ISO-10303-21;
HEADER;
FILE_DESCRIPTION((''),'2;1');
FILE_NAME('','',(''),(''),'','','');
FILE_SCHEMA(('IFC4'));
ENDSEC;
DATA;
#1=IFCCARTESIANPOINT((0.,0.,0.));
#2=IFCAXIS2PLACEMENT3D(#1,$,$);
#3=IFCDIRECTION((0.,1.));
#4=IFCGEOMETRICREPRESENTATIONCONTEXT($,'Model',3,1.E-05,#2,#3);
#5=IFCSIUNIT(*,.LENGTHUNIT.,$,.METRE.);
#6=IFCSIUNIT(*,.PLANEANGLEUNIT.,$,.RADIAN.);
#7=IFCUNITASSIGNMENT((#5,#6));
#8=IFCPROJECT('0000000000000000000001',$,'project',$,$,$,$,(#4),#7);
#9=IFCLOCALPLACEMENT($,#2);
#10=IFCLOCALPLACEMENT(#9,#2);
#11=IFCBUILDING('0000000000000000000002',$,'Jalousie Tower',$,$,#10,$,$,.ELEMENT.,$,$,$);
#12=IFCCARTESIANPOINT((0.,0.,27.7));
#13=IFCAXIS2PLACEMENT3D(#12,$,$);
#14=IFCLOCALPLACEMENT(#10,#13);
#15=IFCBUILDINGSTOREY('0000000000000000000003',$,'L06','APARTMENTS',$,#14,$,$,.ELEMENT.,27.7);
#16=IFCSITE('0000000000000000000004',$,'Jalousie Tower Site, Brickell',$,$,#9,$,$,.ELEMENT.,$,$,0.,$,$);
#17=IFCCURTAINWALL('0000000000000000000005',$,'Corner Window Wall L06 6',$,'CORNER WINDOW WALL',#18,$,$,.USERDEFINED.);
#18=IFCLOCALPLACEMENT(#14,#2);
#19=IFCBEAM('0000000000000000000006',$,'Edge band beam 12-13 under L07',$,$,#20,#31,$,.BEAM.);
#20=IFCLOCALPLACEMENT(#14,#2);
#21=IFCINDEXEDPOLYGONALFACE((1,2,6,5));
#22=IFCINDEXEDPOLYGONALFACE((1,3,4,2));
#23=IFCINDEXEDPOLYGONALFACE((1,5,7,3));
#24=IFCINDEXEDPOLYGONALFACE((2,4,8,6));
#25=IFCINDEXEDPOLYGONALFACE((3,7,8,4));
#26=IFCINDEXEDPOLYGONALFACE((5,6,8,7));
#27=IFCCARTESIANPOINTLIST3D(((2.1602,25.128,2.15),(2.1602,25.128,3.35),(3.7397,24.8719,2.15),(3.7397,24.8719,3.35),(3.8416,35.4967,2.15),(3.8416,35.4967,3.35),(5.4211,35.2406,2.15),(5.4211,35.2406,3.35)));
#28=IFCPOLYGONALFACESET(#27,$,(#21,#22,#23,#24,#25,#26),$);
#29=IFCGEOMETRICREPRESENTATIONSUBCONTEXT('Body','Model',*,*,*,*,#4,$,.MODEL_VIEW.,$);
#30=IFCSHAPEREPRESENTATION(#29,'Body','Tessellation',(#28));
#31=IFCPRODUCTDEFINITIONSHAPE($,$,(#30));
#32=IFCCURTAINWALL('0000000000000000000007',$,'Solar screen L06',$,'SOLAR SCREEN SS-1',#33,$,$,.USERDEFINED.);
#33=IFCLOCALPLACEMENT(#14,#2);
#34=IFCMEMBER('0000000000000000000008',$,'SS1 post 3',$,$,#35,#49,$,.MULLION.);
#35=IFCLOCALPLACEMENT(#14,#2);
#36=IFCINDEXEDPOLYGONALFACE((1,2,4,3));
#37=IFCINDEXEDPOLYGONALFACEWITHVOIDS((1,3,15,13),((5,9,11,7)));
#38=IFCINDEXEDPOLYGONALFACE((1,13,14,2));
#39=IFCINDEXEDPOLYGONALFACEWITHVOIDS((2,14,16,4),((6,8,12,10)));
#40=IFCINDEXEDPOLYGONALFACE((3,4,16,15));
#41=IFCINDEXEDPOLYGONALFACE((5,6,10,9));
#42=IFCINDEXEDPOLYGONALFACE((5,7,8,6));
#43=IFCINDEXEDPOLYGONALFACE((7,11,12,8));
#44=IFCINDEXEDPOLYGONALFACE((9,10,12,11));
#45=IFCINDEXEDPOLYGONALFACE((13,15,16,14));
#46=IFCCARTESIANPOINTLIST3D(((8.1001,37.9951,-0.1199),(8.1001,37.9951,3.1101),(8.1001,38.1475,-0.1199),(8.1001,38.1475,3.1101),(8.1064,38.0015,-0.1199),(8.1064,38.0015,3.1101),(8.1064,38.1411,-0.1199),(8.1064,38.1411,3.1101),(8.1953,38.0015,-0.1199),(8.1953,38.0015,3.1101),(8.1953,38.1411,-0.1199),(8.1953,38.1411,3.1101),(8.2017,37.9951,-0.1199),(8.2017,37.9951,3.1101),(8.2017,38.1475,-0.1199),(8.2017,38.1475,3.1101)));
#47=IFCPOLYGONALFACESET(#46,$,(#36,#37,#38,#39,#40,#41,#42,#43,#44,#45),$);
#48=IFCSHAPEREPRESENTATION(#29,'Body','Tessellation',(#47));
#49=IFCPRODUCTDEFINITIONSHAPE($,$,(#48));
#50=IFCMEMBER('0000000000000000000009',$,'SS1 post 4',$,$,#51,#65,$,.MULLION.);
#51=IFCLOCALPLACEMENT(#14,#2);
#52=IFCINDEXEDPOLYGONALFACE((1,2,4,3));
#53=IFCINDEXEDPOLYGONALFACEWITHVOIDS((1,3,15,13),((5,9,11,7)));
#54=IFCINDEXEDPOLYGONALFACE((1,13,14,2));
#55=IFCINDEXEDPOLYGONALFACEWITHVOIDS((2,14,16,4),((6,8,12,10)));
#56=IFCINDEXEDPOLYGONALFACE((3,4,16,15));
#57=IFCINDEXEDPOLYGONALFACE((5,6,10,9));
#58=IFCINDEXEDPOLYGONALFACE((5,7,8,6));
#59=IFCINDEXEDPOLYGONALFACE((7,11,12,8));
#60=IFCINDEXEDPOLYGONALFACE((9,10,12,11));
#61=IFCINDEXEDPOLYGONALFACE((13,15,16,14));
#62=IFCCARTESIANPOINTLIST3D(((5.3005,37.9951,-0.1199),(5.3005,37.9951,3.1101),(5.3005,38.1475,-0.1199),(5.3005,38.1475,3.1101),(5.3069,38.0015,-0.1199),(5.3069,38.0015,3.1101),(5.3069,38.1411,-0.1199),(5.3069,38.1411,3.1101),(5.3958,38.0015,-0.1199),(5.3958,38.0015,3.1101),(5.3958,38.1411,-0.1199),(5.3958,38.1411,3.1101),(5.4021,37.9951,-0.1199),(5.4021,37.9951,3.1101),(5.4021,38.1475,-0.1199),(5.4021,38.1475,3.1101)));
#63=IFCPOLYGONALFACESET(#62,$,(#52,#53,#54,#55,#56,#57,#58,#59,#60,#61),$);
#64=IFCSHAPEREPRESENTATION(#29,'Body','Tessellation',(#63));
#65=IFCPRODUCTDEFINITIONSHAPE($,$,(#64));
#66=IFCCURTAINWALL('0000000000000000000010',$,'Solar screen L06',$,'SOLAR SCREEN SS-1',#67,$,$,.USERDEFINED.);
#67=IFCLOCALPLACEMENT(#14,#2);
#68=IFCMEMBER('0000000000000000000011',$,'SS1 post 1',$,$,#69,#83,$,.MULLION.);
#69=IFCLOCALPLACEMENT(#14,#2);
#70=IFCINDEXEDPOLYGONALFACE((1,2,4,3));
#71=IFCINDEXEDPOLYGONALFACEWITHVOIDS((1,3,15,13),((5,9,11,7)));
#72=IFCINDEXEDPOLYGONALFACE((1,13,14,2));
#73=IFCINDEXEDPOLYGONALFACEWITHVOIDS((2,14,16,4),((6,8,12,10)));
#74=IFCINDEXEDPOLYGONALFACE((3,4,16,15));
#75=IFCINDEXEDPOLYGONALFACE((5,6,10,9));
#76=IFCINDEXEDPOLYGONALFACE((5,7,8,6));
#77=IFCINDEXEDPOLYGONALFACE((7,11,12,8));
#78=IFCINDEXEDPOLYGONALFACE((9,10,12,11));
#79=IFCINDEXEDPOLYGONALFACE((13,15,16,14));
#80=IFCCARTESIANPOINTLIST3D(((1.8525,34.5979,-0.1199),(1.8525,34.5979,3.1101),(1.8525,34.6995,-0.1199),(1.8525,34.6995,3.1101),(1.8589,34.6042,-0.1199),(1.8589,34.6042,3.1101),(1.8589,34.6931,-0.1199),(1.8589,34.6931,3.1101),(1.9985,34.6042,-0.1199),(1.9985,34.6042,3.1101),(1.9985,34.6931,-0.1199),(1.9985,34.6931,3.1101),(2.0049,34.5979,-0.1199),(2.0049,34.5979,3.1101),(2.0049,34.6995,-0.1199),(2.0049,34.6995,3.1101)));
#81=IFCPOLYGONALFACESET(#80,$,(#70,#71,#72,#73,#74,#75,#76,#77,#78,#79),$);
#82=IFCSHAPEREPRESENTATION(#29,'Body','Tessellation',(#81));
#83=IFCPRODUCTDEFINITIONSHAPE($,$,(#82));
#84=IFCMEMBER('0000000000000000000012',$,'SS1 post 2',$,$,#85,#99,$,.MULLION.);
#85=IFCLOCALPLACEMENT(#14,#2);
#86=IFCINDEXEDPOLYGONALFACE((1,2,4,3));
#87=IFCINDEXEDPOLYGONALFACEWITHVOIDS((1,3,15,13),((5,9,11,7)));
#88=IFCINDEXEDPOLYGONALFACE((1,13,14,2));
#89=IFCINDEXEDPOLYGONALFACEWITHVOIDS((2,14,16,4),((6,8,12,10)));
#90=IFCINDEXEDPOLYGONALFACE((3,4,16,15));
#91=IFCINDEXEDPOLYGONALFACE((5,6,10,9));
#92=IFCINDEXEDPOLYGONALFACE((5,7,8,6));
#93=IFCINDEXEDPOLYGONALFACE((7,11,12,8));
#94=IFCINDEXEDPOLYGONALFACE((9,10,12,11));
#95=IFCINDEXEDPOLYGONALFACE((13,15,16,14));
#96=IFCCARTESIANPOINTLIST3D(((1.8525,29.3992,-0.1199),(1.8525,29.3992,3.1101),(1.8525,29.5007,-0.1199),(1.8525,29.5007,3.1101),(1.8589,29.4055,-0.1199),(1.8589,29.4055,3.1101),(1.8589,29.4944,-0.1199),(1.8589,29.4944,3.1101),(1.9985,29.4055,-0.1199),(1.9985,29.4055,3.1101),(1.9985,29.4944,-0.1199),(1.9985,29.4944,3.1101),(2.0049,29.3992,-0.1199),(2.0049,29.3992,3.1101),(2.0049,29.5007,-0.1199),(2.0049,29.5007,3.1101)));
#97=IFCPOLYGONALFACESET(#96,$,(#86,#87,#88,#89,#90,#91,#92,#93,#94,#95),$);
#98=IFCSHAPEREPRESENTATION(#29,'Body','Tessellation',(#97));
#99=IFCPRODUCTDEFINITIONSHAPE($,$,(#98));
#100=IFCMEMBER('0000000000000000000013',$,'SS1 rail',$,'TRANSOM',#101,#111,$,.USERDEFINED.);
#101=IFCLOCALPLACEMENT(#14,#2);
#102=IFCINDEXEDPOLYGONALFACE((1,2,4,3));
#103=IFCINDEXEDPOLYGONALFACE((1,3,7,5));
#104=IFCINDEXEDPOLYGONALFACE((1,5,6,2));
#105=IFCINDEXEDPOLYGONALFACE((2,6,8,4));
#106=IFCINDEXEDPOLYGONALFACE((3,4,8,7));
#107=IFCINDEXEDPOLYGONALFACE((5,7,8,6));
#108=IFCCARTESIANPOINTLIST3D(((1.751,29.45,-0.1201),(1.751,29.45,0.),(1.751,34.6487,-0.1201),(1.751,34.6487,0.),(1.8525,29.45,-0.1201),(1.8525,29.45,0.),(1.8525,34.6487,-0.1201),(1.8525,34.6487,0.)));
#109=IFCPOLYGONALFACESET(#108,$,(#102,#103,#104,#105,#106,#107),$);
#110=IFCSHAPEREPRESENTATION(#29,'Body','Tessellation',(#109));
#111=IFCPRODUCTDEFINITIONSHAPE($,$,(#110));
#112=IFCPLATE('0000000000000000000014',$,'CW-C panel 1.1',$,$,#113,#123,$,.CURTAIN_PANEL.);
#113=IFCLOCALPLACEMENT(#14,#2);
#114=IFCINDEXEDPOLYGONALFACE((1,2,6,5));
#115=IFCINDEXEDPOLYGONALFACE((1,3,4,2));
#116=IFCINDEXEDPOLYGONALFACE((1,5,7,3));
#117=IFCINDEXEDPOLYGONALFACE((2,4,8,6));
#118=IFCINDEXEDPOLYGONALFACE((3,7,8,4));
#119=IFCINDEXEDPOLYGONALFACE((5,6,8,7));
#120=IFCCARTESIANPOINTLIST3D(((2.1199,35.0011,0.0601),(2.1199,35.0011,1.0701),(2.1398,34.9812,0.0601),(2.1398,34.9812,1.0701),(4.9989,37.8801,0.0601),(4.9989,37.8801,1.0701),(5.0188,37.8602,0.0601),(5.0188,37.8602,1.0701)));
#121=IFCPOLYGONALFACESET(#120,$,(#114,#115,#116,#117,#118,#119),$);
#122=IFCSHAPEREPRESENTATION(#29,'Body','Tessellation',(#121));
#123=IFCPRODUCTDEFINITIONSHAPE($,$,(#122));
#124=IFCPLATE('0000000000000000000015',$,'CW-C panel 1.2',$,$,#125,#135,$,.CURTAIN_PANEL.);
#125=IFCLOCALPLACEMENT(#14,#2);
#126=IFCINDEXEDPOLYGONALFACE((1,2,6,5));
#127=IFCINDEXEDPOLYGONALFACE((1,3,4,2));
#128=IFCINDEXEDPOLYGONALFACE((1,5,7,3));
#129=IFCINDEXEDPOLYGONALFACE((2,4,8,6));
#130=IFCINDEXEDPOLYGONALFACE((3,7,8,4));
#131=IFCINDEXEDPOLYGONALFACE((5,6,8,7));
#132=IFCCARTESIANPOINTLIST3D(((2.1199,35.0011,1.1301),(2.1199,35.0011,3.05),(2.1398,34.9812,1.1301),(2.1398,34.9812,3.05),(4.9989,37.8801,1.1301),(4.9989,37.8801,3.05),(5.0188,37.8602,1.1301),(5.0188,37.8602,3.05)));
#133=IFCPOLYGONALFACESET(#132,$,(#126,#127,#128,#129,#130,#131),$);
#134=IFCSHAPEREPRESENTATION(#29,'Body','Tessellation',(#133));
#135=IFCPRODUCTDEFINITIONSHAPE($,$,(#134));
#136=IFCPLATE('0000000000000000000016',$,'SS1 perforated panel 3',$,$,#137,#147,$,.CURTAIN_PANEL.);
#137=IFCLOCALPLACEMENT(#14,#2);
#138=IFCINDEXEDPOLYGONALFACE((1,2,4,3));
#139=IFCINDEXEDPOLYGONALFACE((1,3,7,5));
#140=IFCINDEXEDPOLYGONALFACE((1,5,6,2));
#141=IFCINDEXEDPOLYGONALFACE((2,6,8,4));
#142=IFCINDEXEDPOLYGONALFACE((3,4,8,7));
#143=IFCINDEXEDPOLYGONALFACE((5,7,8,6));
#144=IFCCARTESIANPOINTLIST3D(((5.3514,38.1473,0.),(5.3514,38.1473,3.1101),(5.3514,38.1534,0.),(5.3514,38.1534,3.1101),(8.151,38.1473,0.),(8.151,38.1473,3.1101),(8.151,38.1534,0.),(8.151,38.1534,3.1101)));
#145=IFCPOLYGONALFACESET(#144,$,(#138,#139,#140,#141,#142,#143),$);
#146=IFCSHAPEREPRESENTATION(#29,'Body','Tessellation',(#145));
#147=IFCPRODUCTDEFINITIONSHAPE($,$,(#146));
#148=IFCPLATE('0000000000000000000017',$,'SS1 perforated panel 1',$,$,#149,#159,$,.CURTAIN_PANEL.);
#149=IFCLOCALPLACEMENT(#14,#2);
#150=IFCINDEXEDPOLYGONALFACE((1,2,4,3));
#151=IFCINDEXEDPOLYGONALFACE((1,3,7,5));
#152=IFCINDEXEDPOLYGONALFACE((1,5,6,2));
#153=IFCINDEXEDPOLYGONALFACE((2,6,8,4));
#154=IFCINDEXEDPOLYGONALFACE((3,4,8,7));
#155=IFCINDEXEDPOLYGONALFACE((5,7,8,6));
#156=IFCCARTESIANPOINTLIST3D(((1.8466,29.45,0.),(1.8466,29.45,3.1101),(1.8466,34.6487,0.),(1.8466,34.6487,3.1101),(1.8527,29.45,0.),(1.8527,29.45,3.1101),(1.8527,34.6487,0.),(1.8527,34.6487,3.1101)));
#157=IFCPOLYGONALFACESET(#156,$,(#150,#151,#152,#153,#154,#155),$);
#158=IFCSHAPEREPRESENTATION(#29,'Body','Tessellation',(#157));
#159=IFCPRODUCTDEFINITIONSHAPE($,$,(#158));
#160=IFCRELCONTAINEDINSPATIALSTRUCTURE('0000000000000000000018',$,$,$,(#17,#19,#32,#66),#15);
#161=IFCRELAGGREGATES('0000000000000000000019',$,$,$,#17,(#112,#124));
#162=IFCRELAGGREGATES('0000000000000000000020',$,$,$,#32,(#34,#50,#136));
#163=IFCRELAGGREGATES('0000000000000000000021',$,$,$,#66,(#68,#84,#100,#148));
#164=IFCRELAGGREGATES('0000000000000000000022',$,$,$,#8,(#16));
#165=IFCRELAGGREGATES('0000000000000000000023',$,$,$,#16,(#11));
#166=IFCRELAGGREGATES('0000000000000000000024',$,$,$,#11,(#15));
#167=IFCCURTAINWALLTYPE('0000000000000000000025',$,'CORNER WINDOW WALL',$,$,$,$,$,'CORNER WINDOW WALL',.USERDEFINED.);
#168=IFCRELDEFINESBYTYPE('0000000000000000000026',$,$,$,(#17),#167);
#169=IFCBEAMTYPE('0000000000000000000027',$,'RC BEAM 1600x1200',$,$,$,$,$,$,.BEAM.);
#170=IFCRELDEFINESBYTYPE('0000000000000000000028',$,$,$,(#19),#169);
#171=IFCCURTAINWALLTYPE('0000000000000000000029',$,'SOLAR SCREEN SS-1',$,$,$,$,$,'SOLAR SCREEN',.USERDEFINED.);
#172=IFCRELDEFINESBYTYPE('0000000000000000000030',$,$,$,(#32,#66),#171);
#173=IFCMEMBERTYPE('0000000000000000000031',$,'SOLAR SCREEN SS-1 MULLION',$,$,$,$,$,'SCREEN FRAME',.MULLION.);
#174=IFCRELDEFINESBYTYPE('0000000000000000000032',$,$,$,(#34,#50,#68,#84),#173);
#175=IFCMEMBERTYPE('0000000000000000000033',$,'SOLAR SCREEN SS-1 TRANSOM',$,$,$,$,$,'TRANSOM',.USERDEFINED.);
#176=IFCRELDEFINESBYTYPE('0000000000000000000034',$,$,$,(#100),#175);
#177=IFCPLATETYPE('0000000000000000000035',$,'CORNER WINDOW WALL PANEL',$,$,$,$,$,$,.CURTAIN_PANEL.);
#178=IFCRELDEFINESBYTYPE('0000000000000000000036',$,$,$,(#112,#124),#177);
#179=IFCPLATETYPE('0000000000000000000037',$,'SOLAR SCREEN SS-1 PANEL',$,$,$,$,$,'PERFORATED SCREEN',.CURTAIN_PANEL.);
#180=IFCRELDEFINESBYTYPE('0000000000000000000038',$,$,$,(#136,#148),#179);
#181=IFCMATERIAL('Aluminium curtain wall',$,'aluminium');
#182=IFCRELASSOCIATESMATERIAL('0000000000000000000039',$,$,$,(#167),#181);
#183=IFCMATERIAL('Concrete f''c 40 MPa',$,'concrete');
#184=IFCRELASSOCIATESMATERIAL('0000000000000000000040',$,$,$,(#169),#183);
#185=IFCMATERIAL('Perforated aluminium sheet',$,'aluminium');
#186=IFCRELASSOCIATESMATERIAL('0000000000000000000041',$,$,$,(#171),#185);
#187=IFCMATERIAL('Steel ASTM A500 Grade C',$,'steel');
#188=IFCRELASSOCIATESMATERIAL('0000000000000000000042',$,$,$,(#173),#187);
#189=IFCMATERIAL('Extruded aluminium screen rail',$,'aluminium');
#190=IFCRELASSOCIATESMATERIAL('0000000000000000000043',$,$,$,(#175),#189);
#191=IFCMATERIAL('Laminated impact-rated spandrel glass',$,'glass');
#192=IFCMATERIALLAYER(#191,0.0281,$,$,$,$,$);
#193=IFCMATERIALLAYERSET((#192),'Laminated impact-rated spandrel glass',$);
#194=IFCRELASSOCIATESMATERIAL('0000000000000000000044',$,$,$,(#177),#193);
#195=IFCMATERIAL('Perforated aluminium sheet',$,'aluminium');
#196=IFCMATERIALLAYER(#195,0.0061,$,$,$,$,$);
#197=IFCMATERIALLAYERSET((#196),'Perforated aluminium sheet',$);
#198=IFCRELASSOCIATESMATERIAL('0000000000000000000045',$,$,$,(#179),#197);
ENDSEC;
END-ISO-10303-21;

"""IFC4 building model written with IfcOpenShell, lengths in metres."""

from ifc_helpers import new_model, si_unit, direction, frame, origin, origin_2d, place, context, subcontext, project, spatial, rectangle, hollow_rectangle, extrude, material, layer, layer_set, material_profile, profile_set, type_object, element, aggregate, save


model = new_model("IFC4")

# Units and contexts
model_context = context("Model", 3, precision=1e-05, world=origin(), true_north=direction((0.0, 1.0)))
body_context = subcontext(model_context, "Body", "Model", "MODEL_VIEW")
ifc_project = project(units=[si_unit("LENGTHUNIT", "METRE"), si_unit("PLANEANGLEUNIT", "RADIAN")], contexts=[model_context])

# Site, building, storey
site_placement = place(None, origin())
site = spatial("IfcSite", under=ifc_project, at=site_placement, Name="Jalousie Tower Site, Brickell", CompositionType="ELEMENT", RefElevation=0.0)
building_placement = place(site_placement, origin())
building = spatial("IfcBuilding", under=site, at=building_placement, Name="Jalousie Tower", CompositionType="ELEMENT")
storey_placement = place(building_placement, frame((0.0, 0.0, 27.7)))
storey = spatial("IfcBuildingStorey", under=building, at=storey_placement, Name="L06", Description="APARTMENTS", CompositionType="ELEMENT", Elevation=27.7)

# Curtain wall
ifc_material_1 = material(Name="Aluminium curtain wall", Category="aluminium")
curtain_wall_type_1 = type_object("IfcCurtainWallType", Name="CORNER WINDOW WALL", ElementType="CORNER WINDOW WALL", PredefinedType="USERDEFINED", material=ifc_material_1)
curtain_wall_1_placement = place(storey_placement, origin())
curtain_wall_1 = element("IfcCurtainWall", 1, at=curtain_wall_1_placement, inside=storey, type_object=curtain_wall_type_1, Name="Corner Window Wall L06 6", ObjectType="CORNER WINDOW WALL", PredefinedType="USERDEFINED")

# Beam
ifc_material_2 = material(Name="Concrete f'c 40 MPa", Category="concrete")
ifc_material_profile_1 = material_profile(ifc_material_2, rectangle(XDim=1.6001, YDim=1.2, at=origin_2d()), Name="RC 1600x1200")
ifc_profile_set_1 = profile_set([ifc_material_profile_1], Name="Concrete f'c 40 MPa")
beam_type_1 = type_object("IfcBeamType", Name="RC BEAM 1600x1200", PredefinedType="BEAM", material=ifc_profile_set_1)
beam_1_placement = place(storey_placement, frame((4.6313, 35.3687, 2.75), z_axis=(-0.160071, -0.987106, 0.0), x_axis=(0.987106, -0.160071, 0.0)))
element("IfcBeam", 2, at=beam_1_placement, inside=storey, type_object=beam_type_1, Name="Edge band beam 12-13 under L07", PredefinedType="BEAM", context=body_context, shape_type="SweptSolid", body=[
    extrude(rectangle(XDim=1.6001, YDim=1.2, at=origin_2d()), origin(), (0.0, 0.0, 1.0), 10.5042),
])

# Curtain walls, members
ifc_material_3 = material(Name="Perforated aluminium sheet", Category="aluminium")
curtain_wall_type_2 = type_object("IfcCurtainWallType", Name="SOLAR SCREEN SS-1", ElementType="SOLAR SCREEN", PredefinedType="USERDEFINED", material=ifc_material_3)
curtain_wall_2_placement = place(storey_placement, origin())
curtain_wall_2 = element("IfcCurtainWall", 3, at=curtain_wall_2_placement, inside=storey, type_object=curtain_wall_type_2, Name="Solar screen L06", ObjectType="SOLAR SCREEN SS-1", PredefinedType="USERDEFINED")
ifc_material_4 = material(Name="Steel ASTM A500 Grade C", Category="steel")
ifc_material_profile_2 = material_profile(ifc_material_4, hollow_rectangle(XDim=0.1016, YDim=0.1523, WallThickness=0.0063, at=origin_2d()), Name="HSS6X4X1/4")
ifc_profile_set_2 = profile_set([ifc_material_profile_2], Name="Steel ASTM A500 Grade C")
member_type_1 = type_object("IfcMemberType", Name="SOLAR SCREEN SS-1 MULLION", ElementType="SCREEN FRAME", PredefinedType="MULLION", material=ifc_profile_set_2)
member_1_placement = place(storey_placement, frame((8.1509, 38.0713, -0.1199), z_axis=(0.0, 0.0, 1.0), x_axis=(-1.0, 0.0, 0.0)))
member_1 = element("IfcMember", 4, at=member_1_placement, type_object=member_type_1, Name="SS1 post 3", PredefinedType="MULLION", context=body_context, shape_type="SweptSolid", body=[
    extrude(hollow_rectangle(XDim=0.1016, YDim=0.1523, WallThickness=0.0063, at=origin_2d()), origin(), (0.0, 0.0, 1.0), 3.23),
])
member_2_placement = place(storey_placement, frame((5.3513, 38.0713, -0.1199), z_axis=(0.0, 0.0, 1.0), x_axis=(-1.0, 0.0, 0.0)))
member_2 = element("IfcMember", 5, at=member_2_placement, type_object=member_type_1, Name="SS1 post 4", PredefinedType="MULLION", context=body_context, shape_type="SweptSolid", body=[
    extrude(hollow_rectangle(XDim=0.1016, YDim=0.1523, WallThickness=0.0063, at=origin_2d()), origin(), (0.0, 0.0, 1.0), 3.23),
])
curtain_wall_3_placement = place(storey_placement, origin())
curtain_wall_3 = element("IfcCurtainWall", 6, at=curtain_wall_3_placement, inside=storey, type_object=curtain_wall_type_2, Name="Solar screen L06", ObjectType="SOLAR SCREEN SS-1", PredefinedType="USERDEFINED")
member_3_placement = place(storey_placement, frame((1.9287, 34.6487, -0.1199), z_axis=(0.0, 0.0, 1.0), x_axis=(0.0, -1.0, 0.0)))
member_3 = element("IfcMember", 7, at=member_3_placement, type_object=member_type_1, Name="SS1 post 1", PredefinedType="MULLION", context=body_context, shape_type="SweptSolid", body=[
    extrude(hollow_rectangle(XDim=0.1016, YDim=0.1523, WallThickness=0.0063, at=origin_2d()), origin(), (0.0, 0.0, 1.0), 3.23),
])
member_4_placement = place(storey_placement, frame((1.9287, 29.45, -0.1199), z_axis=(0.0, 0.0, 1.0), x_axis=(0.0, -1.0, 0.0)))
member_4 = element("IfcMember", 8, at=member_4_placement, type_object=member_type_1, Name="SS1 post 2", PredefinedType="MULLION", context=body_context, shape_type="SweptSolid", body=[
    extrude(hollow_rectangle(XDim=0.1016, YDim=0.1523, WallThickness=0.0063, at=origin_2d()), origin(), (0.0, 0.0, 1.0), 3.23),
])
ifc_material_5 = material(Name="Extruded aluminium screen rail", Category="aluminium")
ifc_material_profile_3 = material_profile(ifc_material_5, rectangle(XDim=0.1016, YDim=0.1201, at=origin_2d()), Name="RAIL 102x120")
ifc_profile_set_3 = profile_set([ifc_material_profile_3], Name="Extruded aluminium screen rail")
member_type_2 = type_object("IfcMemberType", Name="SOLAR SCREEN SS-1 TRANSOM", ElementType="TRANSOM", PredefinedType="USERDEFINED", material=ifc_profile_set_3)
member_5_placement = place(storey_placement, frame((1.8018, 34.6487, -0.0601), z_axis=(0.0, -1.0, 0.0), x_axis=(1.0, 0.0, 0.0)))
member_5 = element("IfcMember", 9, at=member_5_placement, type_object=member_type_2, Name="SS1 rail", ObjectType="TRANSOM", PredefinedType="USERDEFINED", context=body_context, shape_type="SweptSolid", body=[
    extrude(rectangle(XDim=0.1016, YDim=0.1201, at=origin_2d()), origin(), (0.0, 0.0, 1.0), 5.1987),
])

# Plates
ifc_material_6 = material(Name="Laminated impact-rated spandrel glass", Category="glass")
ifc_layer_1 = layer(ifc_material_6, 0.0281)
ifc_layer_set_1 = layer_set([ifc_layer_1], Name="Laminated impact-rated spandrel glass")
plate_type_1 = type_object("IfcPlateType", Name="CORNER WINDOW WALL PANEL", PredefinedType="CURTAIN_PANEL", material=ifc_layer_set_1)
plate_1_placement = place(storey_placement, frame((3.5693, 36.4307, 0.0601), z_axis=(0.0, 0.0, 1.0), x_axis=(-0.707107, -0.707107, 0.0)))
plate_1 = element("IfcPlate", 10, at=plate_1_placement, type_object=plate_type_1, Name="CW-C panel 1.1", PredefinedType="CURTAIN_PANEL", context=body_context, shape_type="SweptSolid", body=[
    extrude(rectangle(XDim=4.0715, YDim=0.0281, at=origin_2d()), origin(), (0.0, 0.0, 1.0), 1.01),
])
plate_2_placement = place(storey_placement, frame((3.5693, 36.4307, 1.1301), z_axis=(0.0, 0.0, 1.0), x_axis=(-0.707107, -0.707107, 0.0)))
plate_2 = element("IfcPlate", 11, at=plate_2_placement, type_object=plate_type_1, Name="CW-C panel 1.2", PredefinedType="CURTAIN_PANEL", context=body_context, shape_type="SweptSolid", body=[
    extrude(rectangle(XDim=4.0715, YDim=0.0281, at=origin_2d()), origin(), (0.0, 0.0, 1.0), 1.9199),
])
aggregate(curtain_wall_1, [plate_1, plate_2])
ifc_material_7 = material(Name="Perforated aluminium sheet", Category="aluminium")
ifc_layer_2 = layer(ifc_material_7, 0.0061)
ifc_layer_set_2 = layer_set([ifc_layer_2], Name="Perforated aluminium sheet")
plate_type_2 = type_object("IfcPlateType", Name="SOLAR SCREEN SS-1 PANEL", ElementType="PERFORATED SCREEN", PredefinedType="CURTAIN_PANEL", material=ifc_layer_set_2)
plate_3_placement = place(storey_placement, frame((6.7512, 38.1504, 0.0), z_axis=(0.0, 0.0, 1.0), x_axis=(-1.0, 0.0, 0.0)))
plate_3 = element("IfcPlate", 12, at=plate_3_placement, type_object=plate_type_2, Name="SS1 perforated panel 3", PredefinedType="CURTAIN_PANEL", context=body_context, shape_type="SweptSolid", body=[
    extrude(rectangle(XDim=2.7996, YDim=0.0061, at=origin_2d()), origin(), (0.0, 0.0, 1.0), 3.1101),
])
aggregate(curtain_wall_2, [member_1, member_2, plate_3])
plate_4_placement = place(storey_placement, frame((1.8496, 32.0493, 0.0), z_axis=(0.0, 0.0, 1.0), x_axis=(0.0, -1.0, 0.0)))
plate_4 = element("IfcPlate", 13, at=plate_4_placement, type_object=plate_type_2, Name="SS1 perforated panel 1", PredefinedType="CURTAIN_PANEL", context=body_context, shape_type="SweptSolid", body=[
    extrude(rectangle(XDim=5.1987, YDim=0.0061, at=origin_2d()), origin(), (0.0, 0.0, 1.0), 3.1101),
])
aggregate(curtain_wall_3, [member_3, member_4, member_5, plate_4])

save(model, "model.ifc")
